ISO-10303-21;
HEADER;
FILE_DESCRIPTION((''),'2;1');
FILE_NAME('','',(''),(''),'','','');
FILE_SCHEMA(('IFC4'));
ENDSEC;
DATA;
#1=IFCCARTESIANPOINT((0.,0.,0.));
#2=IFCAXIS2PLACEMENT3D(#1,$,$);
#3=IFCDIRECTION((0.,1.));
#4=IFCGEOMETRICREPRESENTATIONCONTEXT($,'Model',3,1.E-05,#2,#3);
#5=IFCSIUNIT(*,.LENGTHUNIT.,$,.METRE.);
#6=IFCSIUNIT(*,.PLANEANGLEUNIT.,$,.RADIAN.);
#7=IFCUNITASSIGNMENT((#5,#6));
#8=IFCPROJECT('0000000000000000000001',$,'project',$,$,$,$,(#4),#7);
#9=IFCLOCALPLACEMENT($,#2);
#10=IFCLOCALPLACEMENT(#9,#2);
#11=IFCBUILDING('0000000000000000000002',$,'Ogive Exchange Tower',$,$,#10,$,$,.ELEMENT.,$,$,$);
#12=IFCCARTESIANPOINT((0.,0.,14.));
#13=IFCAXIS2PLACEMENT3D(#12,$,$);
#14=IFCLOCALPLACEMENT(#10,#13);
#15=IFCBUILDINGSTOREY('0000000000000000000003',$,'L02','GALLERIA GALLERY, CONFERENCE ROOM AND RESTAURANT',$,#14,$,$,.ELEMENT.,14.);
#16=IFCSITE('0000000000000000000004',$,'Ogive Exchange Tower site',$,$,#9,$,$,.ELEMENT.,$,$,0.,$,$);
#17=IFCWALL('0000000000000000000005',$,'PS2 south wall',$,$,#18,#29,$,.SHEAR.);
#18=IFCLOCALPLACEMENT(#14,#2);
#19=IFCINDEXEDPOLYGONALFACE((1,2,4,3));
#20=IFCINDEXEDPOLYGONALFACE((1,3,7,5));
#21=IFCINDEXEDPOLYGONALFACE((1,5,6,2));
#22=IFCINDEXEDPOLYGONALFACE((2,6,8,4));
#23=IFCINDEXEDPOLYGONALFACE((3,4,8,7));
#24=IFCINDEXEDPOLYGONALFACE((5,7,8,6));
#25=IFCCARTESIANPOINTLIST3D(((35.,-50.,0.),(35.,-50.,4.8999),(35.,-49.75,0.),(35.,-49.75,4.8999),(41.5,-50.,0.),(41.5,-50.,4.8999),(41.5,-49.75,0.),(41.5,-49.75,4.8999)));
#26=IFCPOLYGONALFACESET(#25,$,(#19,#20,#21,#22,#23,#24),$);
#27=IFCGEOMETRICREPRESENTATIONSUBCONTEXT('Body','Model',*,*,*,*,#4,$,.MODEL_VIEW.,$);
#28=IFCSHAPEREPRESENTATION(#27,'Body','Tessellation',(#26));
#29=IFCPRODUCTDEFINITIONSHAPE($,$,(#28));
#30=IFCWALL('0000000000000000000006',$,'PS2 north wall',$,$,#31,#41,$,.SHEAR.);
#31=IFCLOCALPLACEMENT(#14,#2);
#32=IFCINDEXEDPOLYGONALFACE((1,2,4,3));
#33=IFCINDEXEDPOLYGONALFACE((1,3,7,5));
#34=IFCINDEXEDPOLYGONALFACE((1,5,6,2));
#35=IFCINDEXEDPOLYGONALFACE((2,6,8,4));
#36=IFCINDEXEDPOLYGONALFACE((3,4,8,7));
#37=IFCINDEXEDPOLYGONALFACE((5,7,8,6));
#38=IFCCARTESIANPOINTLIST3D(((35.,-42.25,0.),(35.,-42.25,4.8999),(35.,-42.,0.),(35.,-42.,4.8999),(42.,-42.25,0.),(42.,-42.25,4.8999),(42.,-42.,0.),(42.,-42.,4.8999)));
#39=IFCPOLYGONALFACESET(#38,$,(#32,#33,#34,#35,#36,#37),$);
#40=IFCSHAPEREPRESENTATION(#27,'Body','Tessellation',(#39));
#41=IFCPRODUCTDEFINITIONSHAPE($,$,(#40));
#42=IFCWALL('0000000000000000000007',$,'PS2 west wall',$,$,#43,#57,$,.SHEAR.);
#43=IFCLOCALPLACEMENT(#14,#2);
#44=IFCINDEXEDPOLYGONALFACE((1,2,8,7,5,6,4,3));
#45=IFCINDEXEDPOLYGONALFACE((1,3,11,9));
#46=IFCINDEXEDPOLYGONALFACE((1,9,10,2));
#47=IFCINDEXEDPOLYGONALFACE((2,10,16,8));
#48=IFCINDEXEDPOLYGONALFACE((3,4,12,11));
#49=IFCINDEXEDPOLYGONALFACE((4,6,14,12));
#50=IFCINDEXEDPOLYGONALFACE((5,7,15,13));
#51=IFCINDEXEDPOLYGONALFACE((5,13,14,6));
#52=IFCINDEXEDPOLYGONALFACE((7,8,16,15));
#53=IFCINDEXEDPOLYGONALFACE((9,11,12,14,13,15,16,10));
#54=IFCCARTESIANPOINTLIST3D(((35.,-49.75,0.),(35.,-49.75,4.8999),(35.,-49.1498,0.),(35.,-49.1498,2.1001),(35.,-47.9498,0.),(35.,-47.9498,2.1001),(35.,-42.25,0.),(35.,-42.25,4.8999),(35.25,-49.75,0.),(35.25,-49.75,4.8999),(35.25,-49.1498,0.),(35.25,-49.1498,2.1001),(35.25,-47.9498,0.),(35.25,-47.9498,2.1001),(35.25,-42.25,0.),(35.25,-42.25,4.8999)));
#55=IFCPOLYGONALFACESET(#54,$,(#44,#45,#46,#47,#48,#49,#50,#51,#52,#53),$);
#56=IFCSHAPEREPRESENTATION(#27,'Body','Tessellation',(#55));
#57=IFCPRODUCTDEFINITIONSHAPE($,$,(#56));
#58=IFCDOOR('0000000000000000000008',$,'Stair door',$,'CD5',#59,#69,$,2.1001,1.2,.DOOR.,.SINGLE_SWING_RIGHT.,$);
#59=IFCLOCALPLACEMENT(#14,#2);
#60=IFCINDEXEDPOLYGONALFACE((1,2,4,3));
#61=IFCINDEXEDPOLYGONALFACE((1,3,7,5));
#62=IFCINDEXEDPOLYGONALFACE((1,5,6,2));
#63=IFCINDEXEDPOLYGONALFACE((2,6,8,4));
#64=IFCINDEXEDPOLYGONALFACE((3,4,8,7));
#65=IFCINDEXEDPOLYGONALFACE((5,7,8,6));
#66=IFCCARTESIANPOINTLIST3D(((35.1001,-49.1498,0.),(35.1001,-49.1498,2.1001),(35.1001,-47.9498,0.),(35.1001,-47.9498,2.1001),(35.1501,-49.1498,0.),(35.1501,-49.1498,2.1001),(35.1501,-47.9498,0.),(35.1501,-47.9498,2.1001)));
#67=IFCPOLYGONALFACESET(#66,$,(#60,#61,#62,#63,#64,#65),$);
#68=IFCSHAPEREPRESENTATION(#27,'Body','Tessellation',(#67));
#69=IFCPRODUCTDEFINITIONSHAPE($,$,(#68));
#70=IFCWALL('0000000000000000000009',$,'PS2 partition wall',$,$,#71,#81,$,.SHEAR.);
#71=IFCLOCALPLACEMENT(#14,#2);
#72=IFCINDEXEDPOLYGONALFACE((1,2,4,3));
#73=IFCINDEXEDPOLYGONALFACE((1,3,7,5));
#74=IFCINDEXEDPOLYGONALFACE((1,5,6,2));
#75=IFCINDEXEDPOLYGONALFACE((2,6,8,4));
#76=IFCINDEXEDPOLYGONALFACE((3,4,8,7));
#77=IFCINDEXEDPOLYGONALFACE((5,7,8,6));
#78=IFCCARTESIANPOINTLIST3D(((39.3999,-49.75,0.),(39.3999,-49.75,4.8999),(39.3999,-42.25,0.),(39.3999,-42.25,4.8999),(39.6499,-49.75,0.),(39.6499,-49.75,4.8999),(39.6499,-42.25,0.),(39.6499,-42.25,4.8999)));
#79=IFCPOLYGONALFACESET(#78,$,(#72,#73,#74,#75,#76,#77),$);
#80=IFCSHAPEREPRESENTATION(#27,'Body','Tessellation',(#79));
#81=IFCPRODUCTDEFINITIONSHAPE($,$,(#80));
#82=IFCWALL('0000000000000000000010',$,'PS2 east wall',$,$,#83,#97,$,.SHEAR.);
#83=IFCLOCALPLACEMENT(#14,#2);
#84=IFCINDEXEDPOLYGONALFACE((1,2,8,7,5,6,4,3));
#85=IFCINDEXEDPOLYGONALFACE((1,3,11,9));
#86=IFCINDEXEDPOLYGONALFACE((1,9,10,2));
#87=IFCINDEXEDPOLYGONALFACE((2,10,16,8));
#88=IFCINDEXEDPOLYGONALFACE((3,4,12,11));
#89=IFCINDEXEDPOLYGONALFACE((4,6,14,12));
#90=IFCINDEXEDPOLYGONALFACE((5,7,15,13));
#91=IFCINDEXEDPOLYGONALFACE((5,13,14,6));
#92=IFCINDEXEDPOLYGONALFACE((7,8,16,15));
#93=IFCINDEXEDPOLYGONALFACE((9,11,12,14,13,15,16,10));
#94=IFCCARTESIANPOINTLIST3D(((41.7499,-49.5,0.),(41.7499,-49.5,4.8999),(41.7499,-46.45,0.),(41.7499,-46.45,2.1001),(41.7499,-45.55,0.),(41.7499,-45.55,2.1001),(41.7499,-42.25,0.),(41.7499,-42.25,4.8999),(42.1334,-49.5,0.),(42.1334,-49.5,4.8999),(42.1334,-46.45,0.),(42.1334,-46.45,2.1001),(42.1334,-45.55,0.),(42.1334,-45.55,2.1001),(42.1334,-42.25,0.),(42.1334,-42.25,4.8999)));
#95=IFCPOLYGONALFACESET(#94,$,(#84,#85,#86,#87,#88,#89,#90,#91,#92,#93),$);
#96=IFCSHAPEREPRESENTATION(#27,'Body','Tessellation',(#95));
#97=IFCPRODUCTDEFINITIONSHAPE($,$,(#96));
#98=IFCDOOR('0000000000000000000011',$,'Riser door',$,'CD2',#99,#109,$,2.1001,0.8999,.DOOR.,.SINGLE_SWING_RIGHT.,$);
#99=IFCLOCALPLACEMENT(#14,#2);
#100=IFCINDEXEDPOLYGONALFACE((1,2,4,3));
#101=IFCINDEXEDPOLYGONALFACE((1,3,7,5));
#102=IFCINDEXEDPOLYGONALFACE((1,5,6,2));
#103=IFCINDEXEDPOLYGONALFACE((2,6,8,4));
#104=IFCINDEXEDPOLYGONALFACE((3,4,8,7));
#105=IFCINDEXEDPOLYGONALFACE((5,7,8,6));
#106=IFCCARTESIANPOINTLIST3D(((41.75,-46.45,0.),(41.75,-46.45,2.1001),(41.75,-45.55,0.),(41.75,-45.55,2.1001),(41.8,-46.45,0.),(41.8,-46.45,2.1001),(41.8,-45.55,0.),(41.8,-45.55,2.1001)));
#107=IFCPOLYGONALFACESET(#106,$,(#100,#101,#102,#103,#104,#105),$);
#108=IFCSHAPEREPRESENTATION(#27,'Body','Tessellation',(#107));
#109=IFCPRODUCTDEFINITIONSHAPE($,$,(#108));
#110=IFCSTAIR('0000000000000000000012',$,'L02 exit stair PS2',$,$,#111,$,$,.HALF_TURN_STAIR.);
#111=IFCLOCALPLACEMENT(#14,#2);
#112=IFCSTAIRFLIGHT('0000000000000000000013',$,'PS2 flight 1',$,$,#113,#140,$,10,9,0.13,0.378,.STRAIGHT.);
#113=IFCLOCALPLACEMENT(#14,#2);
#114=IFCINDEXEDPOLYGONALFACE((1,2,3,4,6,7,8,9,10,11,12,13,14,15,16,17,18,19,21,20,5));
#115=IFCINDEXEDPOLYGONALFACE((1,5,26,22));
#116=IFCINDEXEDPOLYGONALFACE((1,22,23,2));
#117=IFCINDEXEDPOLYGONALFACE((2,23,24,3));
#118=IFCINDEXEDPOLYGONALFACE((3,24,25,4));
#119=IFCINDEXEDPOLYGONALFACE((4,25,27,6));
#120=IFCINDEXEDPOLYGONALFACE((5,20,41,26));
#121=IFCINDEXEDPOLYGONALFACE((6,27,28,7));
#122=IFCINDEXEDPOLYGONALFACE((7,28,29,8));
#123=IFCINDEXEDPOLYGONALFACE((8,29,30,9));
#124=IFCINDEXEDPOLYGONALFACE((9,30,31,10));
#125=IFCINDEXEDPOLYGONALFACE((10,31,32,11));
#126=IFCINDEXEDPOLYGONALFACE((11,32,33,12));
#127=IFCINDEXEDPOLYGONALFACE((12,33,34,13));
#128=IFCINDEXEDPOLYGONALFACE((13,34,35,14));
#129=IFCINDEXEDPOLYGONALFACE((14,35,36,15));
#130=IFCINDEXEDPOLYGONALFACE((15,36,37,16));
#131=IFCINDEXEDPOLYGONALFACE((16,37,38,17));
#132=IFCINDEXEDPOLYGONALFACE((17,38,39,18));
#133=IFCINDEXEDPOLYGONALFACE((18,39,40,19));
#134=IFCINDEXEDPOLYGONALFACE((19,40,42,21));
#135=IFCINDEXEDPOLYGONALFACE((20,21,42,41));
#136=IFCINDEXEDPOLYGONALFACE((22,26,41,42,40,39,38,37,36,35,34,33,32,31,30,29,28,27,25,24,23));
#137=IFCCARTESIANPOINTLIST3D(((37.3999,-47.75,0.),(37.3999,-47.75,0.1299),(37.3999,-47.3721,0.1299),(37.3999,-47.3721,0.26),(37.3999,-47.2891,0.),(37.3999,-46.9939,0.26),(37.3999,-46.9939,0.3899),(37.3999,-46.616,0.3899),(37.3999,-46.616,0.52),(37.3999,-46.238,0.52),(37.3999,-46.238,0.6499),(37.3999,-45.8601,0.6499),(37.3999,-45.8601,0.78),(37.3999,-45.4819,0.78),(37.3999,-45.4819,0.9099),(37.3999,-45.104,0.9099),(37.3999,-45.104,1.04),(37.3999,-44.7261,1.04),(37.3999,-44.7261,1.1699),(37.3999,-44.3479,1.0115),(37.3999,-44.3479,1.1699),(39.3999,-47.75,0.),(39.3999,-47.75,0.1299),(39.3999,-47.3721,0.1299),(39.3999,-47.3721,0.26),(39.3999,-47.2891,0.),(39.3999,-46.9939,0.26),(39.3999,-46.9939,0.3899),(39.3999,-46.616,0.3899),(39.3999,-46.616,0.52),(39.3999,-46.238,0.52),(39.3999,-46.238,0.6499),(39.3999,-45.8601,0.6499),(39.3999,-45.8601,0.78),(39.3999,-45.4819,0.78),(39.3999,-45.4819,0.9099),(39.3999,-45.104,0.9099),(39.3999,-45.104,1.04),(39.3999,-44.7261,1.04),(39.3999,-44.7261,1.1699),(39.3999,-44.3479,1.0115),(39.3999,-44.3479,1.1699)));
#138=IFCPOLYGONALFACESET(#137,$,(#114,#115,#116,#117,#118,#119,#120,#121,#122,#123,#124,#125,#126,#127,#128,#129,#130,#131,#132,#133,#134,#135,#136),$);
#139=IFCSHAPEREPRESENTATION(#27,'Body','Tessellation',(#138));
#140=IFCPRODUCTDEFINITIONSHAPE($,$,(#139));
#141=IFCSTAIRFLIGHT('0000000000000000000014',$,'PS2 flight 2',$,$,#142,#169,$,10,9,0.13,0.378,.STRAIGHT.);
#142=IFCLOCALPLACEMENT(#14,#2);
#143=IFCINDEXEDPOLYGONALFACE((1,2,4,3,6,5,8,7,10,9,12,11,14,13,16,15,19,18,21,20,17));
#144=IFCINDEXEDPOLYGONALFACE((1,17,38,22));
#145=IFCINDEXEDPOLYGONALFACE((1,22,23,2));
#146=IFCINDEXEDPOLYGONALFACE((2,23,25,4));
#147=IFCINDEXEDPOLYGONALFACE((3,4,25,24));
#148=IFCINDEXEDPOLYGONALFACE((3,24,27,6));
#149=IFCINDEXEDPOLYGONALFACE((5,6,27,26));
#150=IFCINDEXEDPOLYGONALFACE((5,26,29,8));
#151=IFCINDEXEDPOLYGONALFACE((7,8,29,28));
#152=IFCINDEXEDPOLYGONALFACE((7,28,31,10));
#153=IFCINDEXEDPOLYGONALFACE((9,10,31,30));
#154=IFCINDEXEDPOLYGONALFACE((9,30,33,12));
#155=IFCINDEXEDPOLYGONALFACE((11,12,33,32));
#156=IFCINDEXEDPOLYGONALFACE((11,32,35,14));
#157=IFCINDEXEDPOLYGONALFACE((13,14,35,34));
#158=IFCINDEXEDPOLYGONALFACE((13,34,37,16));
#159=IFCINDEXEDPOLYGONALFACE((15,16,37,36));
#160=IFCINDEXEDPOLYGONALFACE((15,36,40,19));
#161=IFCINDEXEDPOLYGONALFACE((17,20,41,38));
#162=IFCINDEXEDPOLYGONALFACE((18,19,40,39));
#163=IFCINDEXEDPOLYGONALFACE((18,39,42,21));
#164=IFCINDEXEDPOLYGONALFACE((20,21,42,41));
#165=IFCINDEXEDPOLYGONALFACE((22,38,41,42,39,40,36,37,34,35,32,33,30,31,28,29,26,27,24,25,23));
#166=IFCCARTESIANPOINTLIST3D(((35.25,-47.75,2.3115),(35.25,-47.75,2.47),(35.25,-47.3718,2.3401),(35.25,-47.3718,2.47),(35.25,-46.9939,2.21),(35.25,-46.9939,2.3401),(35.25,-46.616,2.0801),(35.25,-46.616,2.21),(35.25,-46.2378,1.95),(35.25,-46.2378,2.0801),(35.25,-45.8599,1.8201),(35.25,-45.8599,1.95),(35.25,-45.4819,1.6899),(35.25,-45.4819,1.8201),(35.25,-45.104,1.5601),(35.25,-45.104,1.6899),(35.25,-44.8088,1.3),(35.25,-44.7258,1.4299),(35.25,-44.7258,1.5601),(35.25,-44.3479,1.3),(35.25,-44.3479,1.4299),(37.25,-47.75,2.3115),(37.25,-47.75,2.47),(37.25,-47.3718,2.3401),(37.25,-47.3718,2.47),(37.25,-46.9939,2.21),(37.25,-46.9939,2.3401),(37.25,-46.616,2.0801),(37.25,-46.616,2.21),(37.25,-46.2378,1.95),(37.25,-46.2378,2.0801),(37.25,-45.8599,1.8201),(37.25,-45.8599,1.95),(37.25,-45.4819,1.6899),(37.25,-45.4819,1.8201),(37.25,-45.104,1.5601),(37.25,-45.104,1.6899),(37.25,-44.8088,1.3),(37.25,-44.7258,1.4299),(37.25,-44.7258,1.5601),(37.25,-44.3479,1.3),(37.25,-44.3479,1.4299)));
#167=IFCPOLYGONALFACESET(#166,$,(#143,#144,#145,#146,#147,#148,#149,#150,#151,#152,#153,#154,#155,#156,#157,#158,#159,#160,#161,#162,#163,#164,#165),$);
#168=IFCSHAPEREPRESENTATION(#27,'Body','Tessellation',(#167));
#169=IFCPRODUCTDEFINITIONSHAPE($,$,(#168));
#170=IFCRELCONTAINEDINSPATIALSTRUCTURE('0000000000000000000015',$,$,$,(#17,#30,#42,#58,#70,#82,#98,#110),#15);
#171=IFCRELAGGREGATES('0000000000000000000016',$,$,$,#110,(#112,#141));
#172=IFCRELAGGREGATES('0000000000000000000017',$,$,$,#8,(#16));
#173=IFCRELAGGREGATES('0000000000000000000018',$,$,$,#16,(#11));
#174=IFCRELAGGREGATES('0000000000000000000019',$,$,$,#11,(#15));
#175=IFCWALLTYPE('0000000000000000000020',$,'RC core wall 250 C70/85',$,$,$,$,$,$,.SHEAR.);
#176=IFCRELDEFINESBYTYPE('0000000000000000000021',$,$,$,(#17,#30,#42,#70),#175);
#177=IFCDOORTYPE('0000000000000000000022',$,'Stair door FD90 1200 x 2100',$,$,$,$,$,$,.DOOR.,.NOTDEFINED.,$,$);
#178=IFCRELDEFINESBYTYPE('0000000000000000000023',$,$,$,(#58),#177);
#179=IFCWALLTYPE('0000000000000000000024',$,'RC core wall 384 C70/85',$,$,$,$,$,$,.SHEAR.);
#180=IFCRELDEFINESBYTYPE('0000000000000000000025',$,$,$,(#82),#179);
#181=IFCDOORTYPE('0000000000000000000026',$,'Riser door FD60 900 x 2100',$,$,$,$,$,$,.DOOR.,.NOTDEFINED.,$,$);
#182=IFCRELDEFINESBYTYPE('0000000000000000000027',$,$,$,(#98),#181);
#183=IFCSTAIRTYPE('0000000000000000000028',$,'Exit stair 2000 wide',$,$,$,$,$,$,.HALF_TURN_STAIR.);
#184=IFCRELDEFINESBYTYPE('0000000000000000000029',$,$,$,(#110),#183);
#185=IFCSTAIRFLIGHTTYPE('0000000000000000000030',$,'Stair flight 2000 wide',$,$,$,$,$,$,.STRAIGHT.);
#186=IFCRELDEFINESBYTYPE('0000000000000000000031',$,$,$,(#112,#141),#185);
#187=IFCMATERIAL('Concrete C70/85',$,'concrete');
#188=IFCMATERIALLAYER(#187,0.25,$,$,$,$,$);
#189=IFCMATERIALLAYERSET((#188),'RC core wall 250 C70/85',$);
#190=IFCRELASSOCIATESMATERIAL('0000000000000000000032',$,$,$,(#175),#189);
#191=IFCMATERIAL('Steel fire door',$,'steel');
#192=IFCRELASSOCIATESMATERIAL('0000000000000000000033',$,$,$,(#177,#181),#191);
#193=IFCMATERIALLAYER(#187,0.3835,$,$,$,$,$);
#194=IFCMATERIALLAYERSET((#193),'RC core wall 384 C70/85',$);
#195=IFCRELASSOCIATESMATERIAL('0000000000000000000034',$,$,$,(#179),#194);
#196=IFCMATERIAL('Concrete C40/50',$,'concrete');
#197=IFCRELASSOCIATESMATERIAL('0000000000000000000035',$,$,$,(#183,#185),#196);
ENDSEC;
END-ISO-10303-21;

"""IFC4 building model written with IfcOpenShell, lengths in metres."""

from ifc_helpers import new_model, si_unit, direction, frame, frame_2d, origin, place, context, subcontext, project, spatial, polyline, rectangle, outline, extrude, material, layer, layer_set, type_object, element, fill, aggregate, save


model = new_model("IFC4")

# Units and contexts
model_context = context("Model", 3, precision=1e-05, world=origin(), true_north=direction((0.0, 1.0)))
body_context = subcontext(model_context, "Body", "Model", "MODEL_VIEW")
ifc_project = project(units=[si_unit("LENGTHUNIT", "METRE"), si_unit("PLANEANGLEUNIT", "RADIAN")], contexts=[model_context])

# Site, building, storey
site_placement = place(None, origin())
site = spatial("IfcSite", under=ifc_project, at=site_placement, Name="Ogive Exchange Tower site", CompositionType="ELEMENT", RefElevation=0.0)
building_placement = place(site_placement, origin())
building = spatial("IfcBuilding", under=site, at=building_placement, Name="Ogive Exchange Tower", CompositionType="ELEMENT")
storey_placement = place(building_placement, frame((0.0, 0.0, 14.0)))
storey = spatial("IfcBuildingStorey", under=building, at=storey_placement, Name="L02", Description="GALLERIA GALLERY, CONFERENCE ROOM AND RESTAURANT", CompositionType="ELEMENT", Elevation=14.0)

# Shared definitions
ifc_material_1 = material(Name="Concrete C70/85", Category="concrete")

# Walls
ifc_layer_1 = layer(ifc_material_1, 0.25)
ifc_layer_set_1 = layer_set([ifc_layer_1], Name="RC core wall 250 C70/85")
wall_type_1 = type_object("IfcWallType", Name="RC core wall 250 C70/85", PredefinedType="SHEAR", material=ifc_layer_set_1)
wall_1_placement = place(storey_placement, frame((35.0, -49.875, 0.0), z_axis=(0.0, 0.0, 1.0), x_axis=(1.0, 0.0, 0.0)))
element("IfcWall", 1, at=wall_1_placement, inside=storey, type_object=wall_type_1, Name="PS2 south wall", PredefinedType="SHEAR", context=body_context, shape_type="SweptSolid", body=[
    extrude(rectangle(XDim=6.5, YDim=0.25, at=frame_2d((3.25, 0.0))), origin(), (0.0, 0.0, 1.0), 4.8999),
])
wall_2_placement = place(storey_placement, frame((35.0, -42.125, 0.0), z_axis=(0.0, 0.0, 1.0), x_axis=(1.0, 0.0, 0.0)))
element("IfcWall", 2, at=wall_2_placement, inside=storey, type_object=wall_type_1, Name="PS2 north wall", PredefinedType="SHEAR", context=body_context, shape_type="SweptSolid", body=[
    extrude(rectangle(XDim=7.0, YDim=0.25, at=frame_2d((3.5, 0.0))), origin(), (0.0, 0.0, 1.0), 4.8999),
])

# Wall, opening, door
wall_3_placement = place(storey_placement, frame((35.125, -49.75, 0.0), z_axis=(0.0, 0.0, 1.0), x_axis=(0.0, 1.0, 0.0)))
wall_3 = element("IfcWall", 3, at=wall_3_placement, inside=storey, type_object=wall_type_1, Name="PS2 west wall", PredefinedType="SHEAR", context=body_context, shape_type="SweptSolid", body=[
    extrude(rectangle(XDim=7.5, YDim=0.25, at=frame_2d((3.75, 0.0))), origin(), (0.0, 0.0, 1.0), 4.8999),
])
opening_1_placement = place(wall_3_placement, frame((0.6001, 0.0, 0.0)))
opening_1 = element("IfcOpeningElement", 4, at=opening_1_placement, cuts=wall_3, PredefinedType="OPENING", context=body_context, shape_type="SweptSolid", body=[
    extrude(rectangle(XDim=1.2, YDim=2.1001, at=frame_2d((0.6001, 1.05))), frame((0.0, 0.135, 0.0), z_axis=(0.0, -1.0, 0.0), x_axis=(1.0, 0.0, 0.0)), (0.0, 0.0, 1.0), 0.27),
])
ifc_material_2 = material(Name="Steel fire door", Category="steel")
door_type_1 = type_object("IfcDoorType", Name="Stair door FD90 1200 x 2100", OperationType="NOTDEFINED", PredefinedType="DOOR", material=ifc_material_2)
door_1_placement = place(opening_1_placement, origin())
door_1 = element("IfcDoor", 5, at=door_1_placement, inside=storey, type_object=door_type_1, Name="Stair door", ObjectType="CD5", OperationType="SINGLE_SWING_RIGHT", OverallHeight=2.1001, OverallWidth=1.2, PredefinedType="DOOR", context=body_context, shape_type="SweptSolid", body=[
    extrude(rectangle(XDim=1.2, YDim=2.1001, at=frame_2d((0.6001, 1.05))), frame((0.0, 0.0249, 0.0), z_axis=(0.0, -1.0, 0.0), x_axis=(1.0, 0.0, 0.0)), (0.0, 0.0, 1.0), 0.05),
])
fill(opening_1, door_1)

# Wall
wall_4_placement = place(storey_placement, frame((39.5249, -49.75, 0.0), z_axis=(0.0, 0.0, 1.0), x_axis=(0.0, 1.0, 0.0)))
element("IfcWall", 6, at=wall_4_placement, inside=storey, type_object=wall_type_1, Name="PS2 partition wall", PredefinedType="SHEAR", context=body_context, shape_type="SweptSolid", body=[
    extrude(rectangle(XDim=7.5, YDim=0.25, at=frame_2d((3.75, 0.0))), origin(), (0.0, 0.0, 1.0), 4.8999),
])

# Wall, opening, door
ifc_layer_2 = layer(ifc_material_1, 0.3835)
ifc_layer_set_2 = layer_set([ifc_layer_2], Name="RC core wall 384 C70/85")
wall_type_2 = type_object("IfcWallType", Name="RC core wall 384 C70/85", PredefinedType="SHEAR", material=ifc_layer_set_2)
wall_5_placement = place(storey_placement, frame((41.9417, -49.5, 0.0), z_axis=(0.0, 0.0, 1.0), x_axis=(0.0, 1.0, 0.0)))
wall_5 = element("IfcWall", 7, at=wall_5_placement, inside=storey, type_object=wall_type_2, Name="PS2 east wall", PredefinedType="SHEAR", context=body_context, shape_type="SweptSolid", body=[
    extrude(rectangle(XDim=7.25, YDim=0.3835, at=frame_2d((3.625, 0.0))), origin(), (0.0, 0.0, 1.0), 4.8999),
])
opening_2_placement = place(wall_5_placement, frame((3.05, 0.0, 0.0)))
opening_2 = element("IfcOpeningElement", 8, at=opening_2_placement, cuts=wall_5, PredefinedType="OPENING", context=body_context, shape_type="SweptSolid", body=[
    extrude(rectangle(XDim=0.8999, YDim=2.1001, at=frame_2d((0.45, 1.05))), frame((0.0, 0.2017, 0.0), z_axis=(0.0, -1.0, 0.0), x_axis=(1.0, 0.0, 0.0)), (0.0, 0.0, 1.0), 0.4036),
])
door_type_2 = type_object("IfcDoorType", Name="Riser door FD60 900 x 2100", OperationType="NOTDEFINED", PredefinedType="DOOR", material=ifc_material_2)
door_2_placement = place(opening_2_placement, frame((0.8999, 0.3335, 0.0), z_axis=(0.0, 0.0, 1.0), x_axis=(-1.0, 0.0, 0.0)))
door_2 = element("IfcDoor", 9, at=door_2_placement, inside=storey, type_object=door_type_2, Name="Riser door", ObjectType="CD2", OperationType="SINGLE_SWING_RIGHT", OverallHeight=2.1001, OverallWidth=0.8999, PredefinedType="DOOR", context=body_context, shape_type="SweptSolid", body=[
    extrude(rectangle(XDim=0.8999, YDim=2.1001, at=frame_2d((0.45, 1.05))), frame((0.0, 0.1919, 0.0), z_axis=(0.0, -1.0, 0.0), x_axis=(1.0, 0.0, 0.0)), (0.0, 0.0, 1.0), 0.05),
])
fill(opening_2, door_2)

# Stair, stair flights
ifc_material_3 = material(Name="Concrete C40/50", Category="concrete")
stair_type = type_object("IfcStairType", Name="Exit stair 2000 wide", PredefinedType="HALF_TURN_STAIR", material=ifc_material_3)
stair_placement = place(storey_placement, origin())
stair = element("IfcStair", 10, at=stair_placement, inside=storey, type_object=stair_type, Name="L02 exit stair PS2", PredefinedType="HALF_TURN_STAIR")
stair_flight_type = type_object("IfcStairFlightType", Name="Stair flight 2000 wide", PredefinedType="STRAIGHT", material=ifc_material_3)
stair_flight_1_placement = place(storey_placement, frame((38.3999, -47.75, 0.0), z_axis=(0.0, 0.0, 1.0), x_axis=(0.0, 1.0, 0.0)))
stair_flight_1 = element("IfcStairFlight", 11, at=stair_flight_1_placement, type_object=stair_flight_type, Name="PS2 flight 1", NumberOfRisers=10, NumberOfTreads=9, PredefinedType="STRAIGHT", RiserHeight=0.13, TreadLength=0.378, context=body_context, shape_type="SweptSolid", body=[
    extrude(outline(polyline([(0.0, 0.0), (0.0, 0.1299), (0.3779, 0.1299), (0.3779, 0.26), (0.7561, 0.26), (0.7561, 0.3899), (1.134, 0.3899), (1.134, 0.52), (1.512, 0.52), (1.512, 0.6499), (1.8899, 0.6499), (1.8899, 0.78), (2.2681, 0.78), (2.2681, 0.9099), (2.646, 0.9099), (2.646, 1.04), (3.0239, 1.04), (3.0239, 1.1699), (3.4021, 1.1699), (3.4021, 1.3), (3.4021, 1.0115), (0.4609, 0.0), (0.0, 0.0)])), frame((0.0, 1.0, 0.0), z_axis=(0.0, -1.0, 0.0), x_axis=(1.0, 0.0, 0.0)), (0.0, 0.0, 1.0), 2.0),
])
stair_flight_2_placement = place(storey_placement, frame((36.25, -44.3479, 1.3), z_axis=(0.0, 0.0, 1.0), x_axis=(0.0, -1.0, 0.0)))
stair_flight_2 = element("IfcStairFlight", 12, at=stair_flight_2_placement, type_object=stair_flight_type, Name="PS2 flight 2", NumberOfRisers=10, NumberOfTreads=9, PredefinedType="STRAIGHT", RiserHeight=0.13, TreadLength=0.378, context=body_context, shape_type="SweptSolid", body=[
    extrude(outline(polyline([(0.0, 0.0), (0.0, 0.1299), (0.3779, 0.1299), (0.3779, 0.26), (0.7561, 0.26), (0.7561, 0.3899), (1.134, 0.3899), (1.134, 0.52), (1.512, 0.52), (1.512, 0.6499), (1.8899, 0.6499), (1.8899, 0.78), (2.2681, 0.78), (2.2681, 0.9099), (2.646, 0.9099), (2.646, 1.04), (3.0239, 1.04), (3.0239, 1.1699), (3.4021, 1.1699), (3.4021, 1.3), (3.4021, 1.0115), (0.4609, 0.0), (0.0, 0.0)])), frame((0.0, 1.0, 0.0), z_axis=(0.0, -1.0, 0.0), x_axis=(1.0, 0.0, 0.0)), (0.0, 0.0, 1.0), 2.0),
])
aggregate(stair, [stair_flight_1, stair_flight_2])

save(model, "model.ifc")
